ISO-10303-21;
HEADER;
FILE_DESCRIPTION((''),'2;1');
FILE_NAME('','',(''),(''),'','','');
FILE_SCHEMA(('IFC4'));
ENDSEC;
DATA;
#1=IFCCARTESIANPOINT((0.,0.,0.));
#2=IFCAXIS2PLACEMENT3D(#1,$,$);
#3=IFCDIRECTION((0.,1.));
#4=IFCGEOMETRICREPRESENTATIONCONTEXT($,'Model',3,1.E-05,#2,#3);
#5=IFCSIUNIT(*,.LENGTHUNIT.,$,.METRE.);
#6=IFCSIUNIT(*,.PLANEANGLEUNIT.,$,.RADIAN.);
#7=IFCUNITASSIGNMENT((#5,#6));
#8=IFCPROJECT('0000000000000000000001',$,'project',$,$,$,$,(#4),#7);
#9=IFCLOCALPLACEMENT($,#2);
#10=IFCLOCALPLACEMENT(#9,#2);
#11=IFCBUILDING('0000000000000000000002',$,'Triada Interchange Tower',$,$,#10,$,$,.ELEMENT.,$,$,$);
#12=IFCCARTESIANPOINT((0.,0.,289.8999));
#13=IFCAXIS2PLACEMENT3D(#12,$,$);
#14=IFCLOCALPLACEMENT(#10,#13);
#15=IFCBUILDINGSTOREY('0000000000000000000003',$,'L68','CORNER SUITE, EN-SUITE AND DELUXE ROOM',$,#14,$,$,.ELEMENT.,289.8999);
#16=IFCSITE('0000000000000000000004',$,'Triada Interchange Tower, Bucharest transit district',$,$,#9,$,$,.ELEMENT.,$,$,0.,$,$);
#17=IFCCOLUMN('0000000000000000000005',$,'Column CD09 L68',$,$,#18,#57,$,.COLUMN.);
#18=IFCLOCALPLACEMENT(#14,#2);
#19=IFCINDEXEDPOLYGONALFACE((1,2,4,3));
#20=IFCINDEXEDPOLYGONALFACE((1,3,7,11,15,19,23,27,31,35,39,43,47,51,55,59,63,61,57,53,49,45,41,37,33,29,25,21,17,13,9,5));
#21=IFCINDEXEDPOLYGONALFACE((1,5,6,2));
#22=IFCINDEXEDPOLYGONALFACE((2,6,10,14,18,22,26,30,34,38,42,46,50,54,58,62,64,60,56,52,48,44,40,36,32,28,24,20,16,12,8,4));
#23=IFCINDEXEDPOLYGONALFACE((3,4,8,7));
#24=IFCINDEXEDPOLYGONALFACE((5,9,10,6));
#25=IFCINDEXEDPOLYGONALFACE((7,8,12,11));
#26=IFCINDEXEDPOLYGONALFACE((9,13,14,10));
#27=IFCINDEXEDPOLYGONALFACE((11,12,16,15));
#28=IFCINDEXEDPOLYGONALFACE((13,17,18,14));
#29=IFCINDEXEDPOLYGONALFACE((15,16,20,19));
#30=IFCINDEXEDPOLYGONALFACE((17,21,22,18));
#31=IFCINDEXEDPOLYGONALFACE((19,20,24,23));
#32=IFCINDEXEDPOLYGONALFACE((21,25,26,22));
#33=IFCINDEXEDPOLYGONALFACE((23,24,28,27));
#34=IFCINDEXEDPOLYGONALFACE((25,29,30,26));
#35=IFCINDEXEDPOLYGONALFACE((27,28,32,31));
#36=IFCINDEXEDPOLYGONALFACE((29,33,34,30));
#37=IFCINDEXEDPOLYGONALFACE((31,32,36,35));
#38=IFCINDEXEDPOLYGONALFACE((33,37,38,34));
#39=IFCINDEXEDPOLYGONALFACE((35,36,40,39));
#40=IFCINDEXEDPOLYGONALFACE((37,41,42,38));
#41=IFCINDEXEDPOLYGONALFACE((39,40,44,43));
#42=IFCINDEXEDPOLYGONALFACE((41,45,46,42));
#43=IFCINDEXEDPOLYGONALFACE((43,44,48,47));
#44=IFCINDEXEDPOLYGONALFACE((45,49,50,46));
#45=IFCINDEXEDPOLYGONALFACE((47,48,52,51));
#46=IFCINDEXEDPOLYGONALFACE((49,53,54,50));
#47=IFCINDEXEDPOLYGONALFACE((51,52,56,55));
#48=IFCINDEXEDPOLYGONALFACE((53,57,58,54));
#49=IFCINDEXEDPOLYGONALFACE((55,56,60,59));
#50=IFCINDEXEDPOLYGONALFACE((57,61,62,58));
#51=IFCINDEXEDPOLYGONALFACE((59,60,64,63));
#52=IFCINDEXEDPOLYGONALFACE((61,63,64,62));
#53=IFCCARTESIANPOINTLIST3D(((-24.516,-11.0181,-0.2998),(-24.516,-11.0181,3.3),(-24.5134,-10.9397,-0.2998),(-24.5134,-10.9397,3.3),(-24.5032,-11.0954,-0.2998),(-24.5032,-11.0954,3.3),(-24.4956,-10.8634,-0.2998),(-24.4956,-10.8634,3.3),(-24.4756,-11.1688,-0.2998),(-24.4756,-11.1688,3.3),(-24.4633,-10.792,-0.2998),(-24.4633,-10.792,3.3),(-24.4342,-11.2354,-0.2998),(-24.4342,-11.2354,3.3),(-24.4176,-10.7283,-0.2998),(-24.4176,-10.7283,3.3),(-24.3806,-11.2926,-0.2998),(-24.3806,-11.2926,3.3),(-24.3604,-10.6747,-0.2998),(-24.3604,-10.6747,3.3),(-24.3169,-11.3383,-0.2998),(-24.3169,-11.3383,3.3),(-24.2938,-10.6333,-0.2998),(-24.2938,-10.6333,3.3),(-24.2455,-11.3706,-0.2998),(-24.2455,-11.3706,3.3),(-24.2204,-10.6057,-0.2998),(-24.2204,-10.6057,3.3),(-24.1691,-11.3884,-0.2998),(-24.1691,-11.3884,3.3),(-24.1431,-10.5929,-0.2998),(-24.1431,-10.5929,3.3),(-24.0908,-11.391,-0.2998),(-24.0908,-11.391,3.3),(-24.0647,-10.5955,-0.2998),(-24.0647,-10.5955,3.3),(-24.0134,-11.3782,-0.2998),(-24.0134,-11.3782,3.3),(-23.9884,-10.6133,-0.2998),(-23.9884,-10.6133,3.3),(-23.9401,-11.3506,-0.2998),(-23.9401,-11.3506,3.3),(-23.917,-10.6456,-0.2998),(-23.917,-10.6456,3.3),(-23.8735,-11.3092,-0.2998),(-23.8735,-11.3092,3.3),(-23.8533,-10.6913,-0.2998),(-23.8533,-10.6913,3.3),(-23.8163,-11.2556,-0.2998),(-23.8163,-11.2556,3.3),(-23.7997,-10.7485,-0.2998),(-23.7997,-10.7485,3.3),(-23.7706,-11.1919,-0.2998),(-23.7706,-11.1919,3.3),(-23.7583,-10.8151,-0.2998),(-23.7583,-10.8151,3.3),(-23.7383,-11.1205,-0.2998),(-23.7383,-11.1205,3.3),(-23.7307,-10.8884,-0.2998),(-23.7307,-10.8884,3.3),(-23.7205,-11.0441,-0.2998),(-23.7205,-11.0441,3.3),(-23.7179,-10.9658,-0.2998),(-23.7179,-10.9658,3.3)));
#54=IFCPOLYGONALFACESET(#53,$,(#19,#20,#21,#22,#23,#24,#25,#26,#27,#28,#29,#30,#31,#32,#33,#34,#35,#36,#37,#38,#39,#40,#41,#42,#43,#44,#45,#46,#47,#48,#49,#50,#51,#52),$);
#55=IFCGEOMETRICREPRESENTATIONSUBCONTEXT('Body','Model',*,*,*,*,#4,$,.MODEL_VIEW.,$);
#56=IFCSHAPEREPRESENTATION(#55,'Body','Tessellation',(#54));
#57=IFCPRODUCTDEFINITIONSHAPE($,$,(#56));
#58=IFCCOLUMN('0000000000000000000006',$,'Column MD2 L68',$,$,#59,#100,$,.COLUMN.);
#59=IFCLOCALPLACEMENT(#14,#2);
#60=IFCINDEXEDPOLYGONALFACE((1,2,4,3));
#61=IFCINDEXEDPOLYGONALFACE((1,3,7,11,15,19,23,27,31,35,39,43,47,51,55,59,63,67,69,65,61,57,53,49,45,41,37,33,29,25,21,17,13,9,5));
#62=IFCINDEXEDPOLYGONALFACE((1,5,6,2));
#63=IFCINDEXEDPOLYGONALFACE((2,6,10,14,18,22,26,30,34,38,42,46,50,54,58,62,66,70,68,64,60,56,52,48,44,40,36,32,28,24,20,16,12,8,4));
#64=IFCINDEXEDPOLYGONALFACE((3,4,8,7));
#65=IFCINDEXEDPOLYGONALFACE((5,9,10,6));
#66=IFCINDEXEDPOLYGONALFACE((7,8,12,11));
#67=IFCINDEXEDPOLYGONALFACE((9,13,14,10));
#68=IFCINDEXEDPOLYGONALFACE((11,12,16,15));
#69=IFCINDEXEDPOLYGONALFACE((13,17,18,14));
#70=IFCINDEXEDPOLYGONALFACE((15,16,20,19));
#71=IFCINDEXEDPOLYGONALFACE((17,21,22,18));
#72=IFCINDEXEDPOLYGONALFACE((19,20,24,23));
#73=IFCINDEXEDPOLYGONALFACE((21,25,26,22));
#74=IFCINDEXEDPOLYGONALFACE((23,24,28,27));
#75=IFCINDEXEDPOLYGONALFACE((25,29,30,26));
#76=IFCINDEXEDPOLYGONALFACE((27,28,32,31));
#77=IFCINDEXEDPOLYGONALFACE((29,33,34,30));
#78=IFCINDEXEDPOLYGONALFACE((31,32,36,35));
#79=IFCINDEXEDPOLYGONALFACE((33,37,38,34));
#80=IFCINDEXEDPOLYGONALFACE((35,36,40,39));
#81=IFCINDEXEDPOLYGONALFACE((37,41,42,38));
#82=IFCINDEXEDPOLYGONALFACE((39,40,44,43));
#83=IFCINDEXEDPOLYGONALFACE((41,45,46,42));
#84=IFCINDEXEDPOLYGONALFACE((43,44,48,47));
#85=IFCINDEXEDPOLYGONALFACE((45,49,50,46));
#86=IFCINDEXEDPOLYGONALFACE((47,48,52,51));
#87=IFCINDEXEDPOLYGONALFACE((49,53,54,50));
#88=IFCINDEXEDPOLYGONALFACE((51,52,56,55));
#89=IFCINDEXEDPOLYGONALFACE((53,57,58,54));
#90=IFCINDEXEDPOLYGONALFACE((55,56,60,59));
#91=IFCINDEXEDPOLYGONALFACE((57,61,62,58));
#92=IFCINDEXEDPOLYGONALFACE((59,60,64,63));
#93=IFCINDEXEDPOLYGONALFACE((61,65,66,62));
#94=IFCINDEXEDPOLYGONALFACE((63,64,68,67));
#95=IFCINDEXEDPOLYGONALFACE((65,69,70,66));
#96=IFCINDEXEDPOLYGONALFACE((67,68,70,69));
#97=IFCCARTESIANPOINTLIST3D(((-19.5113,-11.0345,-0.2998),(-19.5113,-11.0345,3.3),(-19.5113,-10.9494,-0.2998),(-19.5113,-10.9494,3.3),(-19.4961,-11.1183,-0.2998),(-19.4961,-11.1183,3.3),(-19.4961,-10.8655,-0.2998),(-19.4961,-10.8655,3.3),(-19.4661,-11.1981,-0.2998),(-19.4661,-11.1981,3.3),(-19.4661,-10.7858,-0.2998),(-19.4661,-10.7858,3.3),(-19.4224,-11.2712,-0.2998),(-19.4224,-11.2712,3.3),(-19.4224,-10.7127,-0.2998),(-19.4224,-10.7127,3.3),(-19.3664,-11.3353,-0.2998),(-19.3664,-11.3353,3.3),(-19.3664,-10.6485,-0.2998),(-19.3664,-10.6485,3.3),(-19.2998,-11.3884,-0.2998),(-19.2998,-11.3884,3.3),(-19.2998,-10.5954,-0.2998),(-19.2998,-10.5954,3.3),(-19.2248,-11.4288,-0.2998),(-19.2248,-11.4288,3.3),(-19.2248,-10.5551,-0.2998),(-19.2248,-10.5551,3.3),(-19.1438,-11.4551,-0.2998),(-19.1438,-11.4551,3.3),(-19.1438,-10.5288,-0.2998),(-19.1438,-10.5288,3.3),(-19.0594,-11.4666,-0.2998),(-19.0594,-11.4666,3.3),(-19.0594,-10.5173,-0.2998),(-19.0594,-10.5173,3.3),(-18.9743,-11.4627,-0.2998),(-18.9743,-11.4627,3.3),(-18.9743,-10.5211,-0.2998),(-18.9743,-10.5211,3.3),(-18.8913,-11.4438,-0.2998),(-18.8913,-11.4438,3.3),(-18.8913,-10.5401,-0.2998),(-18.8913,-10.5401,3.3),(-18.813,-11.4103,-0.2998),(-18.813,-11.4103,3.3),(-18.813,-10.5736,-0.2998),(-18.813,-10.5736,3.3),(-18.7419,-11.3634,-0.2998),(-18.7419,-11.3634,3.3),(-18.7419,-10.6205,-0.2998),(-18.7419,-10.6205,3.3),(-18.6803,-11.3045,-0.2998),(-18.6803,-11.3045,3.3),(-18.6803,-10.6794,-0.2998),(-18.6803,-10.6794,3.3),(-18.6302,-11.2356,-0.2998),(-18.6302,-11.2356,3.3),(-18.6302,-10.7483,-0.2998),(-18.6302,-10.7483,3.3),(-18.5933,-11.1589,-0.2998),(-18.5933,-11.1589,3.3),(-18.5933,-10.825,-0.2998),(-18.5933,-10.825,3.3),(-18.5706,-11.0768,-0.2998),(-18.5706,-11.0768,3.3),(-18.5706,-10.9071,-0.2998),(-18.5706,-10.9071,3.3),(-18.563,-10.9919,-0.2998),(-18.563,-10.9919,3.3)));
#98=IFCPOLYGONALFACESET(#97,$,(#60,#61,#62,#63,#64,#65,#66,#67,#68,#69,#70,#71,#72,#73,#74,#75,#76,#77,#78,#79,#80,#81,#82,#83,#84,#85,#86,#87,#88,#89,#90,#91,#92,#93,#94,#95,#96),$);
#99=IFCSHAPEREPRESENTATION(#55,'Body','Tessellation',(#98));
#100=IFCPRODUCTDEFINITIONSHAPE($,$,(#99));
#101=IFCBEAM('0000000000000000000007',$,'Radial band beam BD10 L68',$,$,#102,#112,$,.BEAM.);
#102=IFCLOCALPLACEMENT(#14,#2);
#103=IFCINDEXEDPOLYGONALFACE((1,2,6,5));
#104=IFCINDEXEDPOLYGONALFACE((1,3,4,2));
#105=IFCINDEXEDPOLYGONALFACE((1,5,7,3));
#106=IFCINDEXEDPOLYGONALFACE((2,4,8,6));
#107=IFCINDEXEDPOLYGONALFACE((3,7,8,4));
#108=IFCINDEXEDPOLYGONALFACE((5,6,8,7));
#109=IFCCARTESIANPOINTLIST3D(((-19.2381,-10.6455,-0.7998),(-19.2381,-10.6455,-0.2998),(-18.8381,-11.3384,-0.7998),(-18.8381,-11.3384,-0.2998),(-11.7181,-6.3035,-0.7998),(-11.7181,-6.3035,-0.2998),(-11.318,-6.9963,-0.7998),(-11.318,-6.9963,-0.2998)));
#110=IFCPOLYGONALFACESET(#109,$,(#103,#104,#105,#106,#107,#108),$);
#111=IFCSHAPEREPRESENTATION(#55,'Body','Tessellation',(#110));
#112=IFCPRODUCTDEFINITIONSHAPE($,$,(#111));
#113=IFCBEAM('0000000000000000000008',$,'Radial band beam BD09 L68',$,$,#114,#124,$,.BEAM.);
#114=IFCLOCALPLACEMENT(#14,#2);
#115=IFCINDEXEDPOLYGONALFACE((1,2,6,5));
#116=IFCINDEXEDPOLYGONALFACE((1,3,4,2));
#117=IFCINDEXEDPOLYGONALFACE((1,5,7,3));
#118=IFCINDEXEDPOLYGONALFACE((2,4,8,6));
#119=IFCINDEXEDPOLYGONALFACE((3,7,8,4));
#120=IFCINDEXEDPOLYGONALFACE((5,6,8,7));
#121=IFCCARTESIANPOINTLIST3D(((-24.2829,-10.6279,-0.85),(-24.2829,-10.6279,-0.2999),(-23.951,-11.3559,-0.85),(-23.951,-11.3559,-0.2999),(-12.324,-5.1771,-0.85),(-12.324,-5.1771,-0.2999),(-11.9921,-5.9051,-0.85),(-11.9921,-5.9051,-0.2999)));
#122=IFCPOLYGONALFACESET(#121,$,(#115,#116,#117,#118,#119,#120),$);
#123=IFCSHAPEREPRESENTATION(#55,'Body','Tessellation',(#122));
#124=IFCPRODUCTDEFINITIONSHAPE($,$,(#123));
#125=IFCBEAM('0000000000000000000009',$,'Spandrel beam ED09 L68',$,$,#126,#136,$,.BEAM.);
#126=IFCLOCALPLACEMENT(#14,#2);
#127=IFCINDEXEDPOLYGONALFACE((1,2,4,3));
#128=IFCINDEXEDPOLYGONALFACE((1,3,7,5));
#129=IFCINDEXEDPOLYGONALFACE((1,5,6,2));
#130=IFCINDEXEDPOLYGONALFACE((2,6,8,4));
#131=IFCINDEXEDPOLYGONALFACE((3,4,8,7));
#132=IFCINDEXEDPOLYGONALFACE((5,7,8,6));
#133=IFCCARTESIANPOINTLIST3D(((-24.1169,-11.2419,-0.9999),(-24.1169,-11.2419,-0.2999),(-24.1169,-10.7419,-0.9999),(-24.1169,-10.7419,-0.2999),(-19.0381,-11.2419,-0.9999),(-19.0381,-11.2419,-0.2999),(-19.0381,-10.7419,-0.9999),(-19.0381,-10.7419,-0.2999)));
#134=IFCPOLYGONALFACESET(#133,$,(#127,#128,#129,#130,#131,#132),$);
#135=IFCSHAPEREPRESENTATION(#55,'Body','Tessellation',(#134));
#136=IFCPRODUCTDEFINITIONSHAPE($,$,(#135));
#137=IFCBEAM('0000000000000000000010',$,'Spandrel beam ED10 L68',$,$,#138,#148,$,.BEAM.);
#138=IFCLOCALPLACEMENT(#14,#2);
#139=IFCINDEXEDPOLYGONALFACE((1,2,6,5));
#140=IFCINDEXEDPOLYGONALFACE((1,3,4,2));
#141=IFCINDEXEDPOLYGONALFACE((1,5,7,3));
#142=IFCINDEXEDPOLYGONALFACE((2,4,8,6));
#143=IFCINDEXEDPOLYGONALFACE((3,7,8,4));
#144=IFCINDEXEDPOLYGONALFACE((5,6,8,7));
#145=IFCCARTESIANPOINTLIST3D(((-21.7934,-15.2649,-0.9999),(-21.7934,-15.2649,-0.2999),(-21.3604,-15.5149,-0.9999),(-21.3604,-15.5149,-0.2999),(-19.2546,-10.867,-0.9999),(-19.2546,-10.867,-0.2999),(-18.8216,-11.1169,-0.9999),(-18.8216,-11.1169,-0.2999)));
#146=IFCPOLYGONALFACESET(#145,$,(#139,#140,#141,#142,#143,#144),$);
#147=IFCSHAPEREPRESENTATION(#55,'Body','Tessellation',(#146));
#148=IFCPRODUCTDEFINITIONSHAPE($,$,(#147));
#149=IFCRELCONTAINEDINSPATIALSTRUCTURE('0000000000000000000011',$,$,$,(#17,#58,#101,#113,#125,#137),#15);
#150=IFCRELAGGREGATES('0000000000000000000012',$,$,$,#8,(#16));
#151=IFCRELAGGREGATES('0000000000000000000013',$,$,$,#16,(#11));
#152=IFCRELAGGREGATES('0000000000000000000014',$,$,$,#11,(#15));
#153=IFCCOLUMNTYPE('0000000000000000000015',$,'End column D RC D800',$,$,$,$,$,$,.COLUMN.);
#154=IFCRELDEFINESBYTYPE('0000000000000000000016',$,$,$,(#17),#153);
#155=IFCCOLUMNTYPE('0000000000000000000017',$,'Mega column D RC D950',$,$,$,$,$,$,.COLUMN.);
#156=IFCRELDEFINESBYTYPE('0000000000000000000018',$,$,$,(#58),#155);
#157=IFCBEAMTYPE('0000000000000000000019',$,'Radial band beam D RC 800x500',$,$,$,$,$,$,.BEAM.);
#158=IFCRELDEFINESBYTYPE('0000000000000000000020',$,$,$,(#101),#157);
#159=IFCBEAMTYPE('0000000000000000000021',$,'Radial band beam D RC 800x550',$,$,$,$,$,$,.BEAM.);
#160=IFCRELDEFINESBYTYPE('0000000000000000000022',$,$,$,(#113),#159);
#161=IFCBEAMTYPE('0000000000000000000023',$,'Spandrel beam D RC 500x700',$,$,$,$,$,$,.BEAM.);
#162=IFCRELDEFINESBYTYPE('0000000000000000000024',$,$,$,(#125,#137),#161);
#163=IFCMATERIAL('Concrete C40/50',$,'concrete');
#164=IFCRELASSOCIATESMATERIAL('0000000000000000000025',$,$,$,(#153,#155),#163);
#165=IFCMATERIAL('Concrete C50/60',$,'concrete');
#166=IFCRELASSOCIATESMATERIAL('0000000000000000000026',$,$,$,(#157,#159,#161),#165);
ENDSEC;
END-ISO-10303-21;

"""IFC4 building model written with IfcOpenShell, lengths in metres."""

from ifc_helpers import new_model, si_unit, direction, frame, origin, origin_2d, place, context, subcontext, project, spatial, rectangle, circle, extrude, material, material_profile, profile_set, type_object, element, save


model = new_model("IFC4")

# Units and contexts
model_context = context("Model", 3, precision=1e-05, world=origin(), true_north=direction((0.0, 1.0)))
body_context = subcontext(model_context, "Body", "Model", "MODEL_VIEW")
ifc_project = project(units=[si_unit("LENGTHUNIT", "METRE"), si_unit("PLANEANGLEUNIT", "RADIAN")], contexts=[model_context])

# Site, building, storey
site_placement = place(None, origin())
site = spatial("IfcSite", under=ifc_project, at=site_placement, Name="Triada Interchange Tower, Bucharest transit district", CompositionType="ELEMENT", RefElevation=0.0)
building_placement = place(site_placement, origin())
building = spatial("IfcBuilding", under=site, at=building_placement, Name="Triada Interchange Tower", CompositionType="ELEMENT")
storey_placement = place(building_placement, frame((0.0, 0.0, 289.8999)))
storey = spatial("IfcBuildingStorey", under=building, at=storey_placement, Name="L68", Description="CORNER SUITE, EN-SUITE AND DELUXE ROOM", CompositionType="ELEMENT", Elevation=289.8999)

# Columns
ifc_material_1 = material(Name="Concrete C40/50", Category="concrete")
ifc_material_profile_1 = material_profile(ifc_material_1, circle(Radius=0.3999, at=origin_2d()), Name="RC D800")
ifc_profile_set_1 = profile_set([ifc_material_profile_1], Name="Concrete C40/50")
column_type_1 = type_object("IfcColumnType", Name="End column D RC D800", PredefinedType="COLUMN", material=ifc_profile_set_1)
column_1_placement = place(storey_placement, frame((-24.1169, -10.9919, -0.2998), z_axis=(0.0, 0.0, 1.0), x_axis=(0.5, 0.866025, 0.0)))
element("IfcColumn", 1, at=column_1_placement, inside=storey, type_object=column_type_1, Name="Column CD09 L68", PredefinedType="COLUMN", context=body_context, shape_type="SweptSolid", body=[
    extrude(circle(Radius=0.3999, at=origin_2d()), origin(), (0.0, 0.0, 1.0), 3.5999),
])
ifc_material_profile_2 = material_profile(ifc_material_1, circle(Radius=0.4751, at=origin_2d()), Name="RC D950")
ifc_profile_set_2 = profile_set([ifc_material_profile_2], Name="Concrete C40/50")
column_type_2 = type_object("IfcColumnType", Name="Mega column D RC D950", PredefinedType="COLUMN", material=ifc_profile_set_2)
column_2_placement = place(storey_placement, frame((-19.0381, -10.9919, -0.2998), z_axis=(0.0, 0.0, 1.0), x_axis=(1.0, 0.0, 0.0)))
element("IfcColumn", 2, at=column_2_placement, inside=storey, type_object=column_type_2, Name="Column MD2 L68", PredefinedType="COLUMN", context=body_context, shape_type="SweptSolid", body=[
    extrude(circle(Radius=0.4751, at=origin_2d()), origin(), (0.0, 0.0, 1.0), 3.5999),
])

# Beams
ifc_material_2 = material(Name="Concrete C50/60", Category="concrete")
ifc_material_profile_3 = material_profile(ifc_material_2, rectangle(XDim=0.8, YDim=0.5, at=origin_2d()), Name="RC 800x500")
ifc_profile_set_3 = profile_set([ifc_material_profile_3], Name="Concrete C50/60")
beam_type_1 = type_object("IfcBeamType", Name="Radial band beam D RC 800x500", PredefinedType="BEAM", material=ifc_profile_set_3)
beam_1_placement = place(storey_placement, frame((-19.0381, -10.9919, -0.5498), z_axis=(0.866008, 0.500031, 0.0), x_axis=(-0.500031, 0.866008, 0.0)))
element("IfcBeam", 3, at=beam_1_placement, inside=storey, type_object=beam_type_1, Name="Radial band beam BD10 L68", PredefinedType="BEAM", context=body_context, shape_type="SweptSolid", body=[
    extrude(rectangle(XDim=0.8, YDim=0.5, at=origin_2d()), origin(), (0.0, 0.0, 1.0), 8.6836),
])
ifc_material_profile_4 = material_profile(ifc_material_2, rectangle(XDim=0.8, YDim=0.55, at=origin_2d()), Name="RC 800x550")
ifc_profile_set_4 = profile_set([ifc_material_profile_4], Name="Concrete C50/60")
beam_type_2 = type_object("IfcBeamType", Name="Radial band beam D RC 800x550", PredefinedType="BEAM", material=ifc_profile_set_4)
beam_2_placement = place(storey_placement, frame((-24.1169, -10.9919, -0.575), z_axis=(0.909935, 0.41475, 0.0), x_axis=(-0.41475, 0.909935, 0.0)))
element("IfcBeam", 4, at=beam_2_placement, inside=storey, type_object=beam_type_2, Name="Radial band beam BD09 L68", PredefinedType="BEAM", context=body_context, shape_type="SweptSolid", body=[
    extrude(rectangle(XDim=0.8, YDim=0.55, at=origin_2d()), origin(), (0.0, 0.0, 1.0), 13.1426),
])
ifc_material_profile_5 = material_profile(ifc_material_2, rectangle(XDim=0.5, YDim=0.7, at=origin_2d()), Name="RC 500x700")
ifc_profile_set_5 = profile_set([ifc_material_profile_5], Name="Concrete C50/60")
beam_type_3 = type_object("IfcBeamType", Name="Spandrel beam D RC 500x700", PredefinedType="BEAM", material=ifc_profile_set_5)
beam_3_placement = place(storey_placement, frame((-24.1169, -10.9919, -0.6499), z_axis=(1.0, 0.0, 0.0), x_axis=(0.0, 1.0, 0.0)))
element("IfcBeam", 5, at=beam_3_placement, inside=storey, type_object=beam_type_3, Name="Spandrel beam ED09 L68", PredefinedType="BEAM", context=body_context, shape_type="SweptSolid", body=[
    extrude(rectangle(XDim=0.5, YDim=0.7, at=origin_2d()), origin(), (0.0, 0.0, 1.0), 5.0789),
])
beam_4_placement = place(storey_placement, frame((-19.0381, -10.9919, -0.6499), z_axis=(-0.49995, -0.866054, 0.0), x_axis=(0.866054, -0.49995, 0.0)))
element("IfcBeam", 6, at=beam_4_placement, inside=storey, type_object=beam_type_3, Name="Spandrel beam ED10 L68", PredefinedType="BEAM", context=body_context, shape_type="SweptSolid", body=[
    extrude(rectangle(XDim=0.5, YDim=0.7, at=origin_2d()), origin(), (0.0, 0.0, 1.0), 5.0781),
])

save(model, "model.ifc")
